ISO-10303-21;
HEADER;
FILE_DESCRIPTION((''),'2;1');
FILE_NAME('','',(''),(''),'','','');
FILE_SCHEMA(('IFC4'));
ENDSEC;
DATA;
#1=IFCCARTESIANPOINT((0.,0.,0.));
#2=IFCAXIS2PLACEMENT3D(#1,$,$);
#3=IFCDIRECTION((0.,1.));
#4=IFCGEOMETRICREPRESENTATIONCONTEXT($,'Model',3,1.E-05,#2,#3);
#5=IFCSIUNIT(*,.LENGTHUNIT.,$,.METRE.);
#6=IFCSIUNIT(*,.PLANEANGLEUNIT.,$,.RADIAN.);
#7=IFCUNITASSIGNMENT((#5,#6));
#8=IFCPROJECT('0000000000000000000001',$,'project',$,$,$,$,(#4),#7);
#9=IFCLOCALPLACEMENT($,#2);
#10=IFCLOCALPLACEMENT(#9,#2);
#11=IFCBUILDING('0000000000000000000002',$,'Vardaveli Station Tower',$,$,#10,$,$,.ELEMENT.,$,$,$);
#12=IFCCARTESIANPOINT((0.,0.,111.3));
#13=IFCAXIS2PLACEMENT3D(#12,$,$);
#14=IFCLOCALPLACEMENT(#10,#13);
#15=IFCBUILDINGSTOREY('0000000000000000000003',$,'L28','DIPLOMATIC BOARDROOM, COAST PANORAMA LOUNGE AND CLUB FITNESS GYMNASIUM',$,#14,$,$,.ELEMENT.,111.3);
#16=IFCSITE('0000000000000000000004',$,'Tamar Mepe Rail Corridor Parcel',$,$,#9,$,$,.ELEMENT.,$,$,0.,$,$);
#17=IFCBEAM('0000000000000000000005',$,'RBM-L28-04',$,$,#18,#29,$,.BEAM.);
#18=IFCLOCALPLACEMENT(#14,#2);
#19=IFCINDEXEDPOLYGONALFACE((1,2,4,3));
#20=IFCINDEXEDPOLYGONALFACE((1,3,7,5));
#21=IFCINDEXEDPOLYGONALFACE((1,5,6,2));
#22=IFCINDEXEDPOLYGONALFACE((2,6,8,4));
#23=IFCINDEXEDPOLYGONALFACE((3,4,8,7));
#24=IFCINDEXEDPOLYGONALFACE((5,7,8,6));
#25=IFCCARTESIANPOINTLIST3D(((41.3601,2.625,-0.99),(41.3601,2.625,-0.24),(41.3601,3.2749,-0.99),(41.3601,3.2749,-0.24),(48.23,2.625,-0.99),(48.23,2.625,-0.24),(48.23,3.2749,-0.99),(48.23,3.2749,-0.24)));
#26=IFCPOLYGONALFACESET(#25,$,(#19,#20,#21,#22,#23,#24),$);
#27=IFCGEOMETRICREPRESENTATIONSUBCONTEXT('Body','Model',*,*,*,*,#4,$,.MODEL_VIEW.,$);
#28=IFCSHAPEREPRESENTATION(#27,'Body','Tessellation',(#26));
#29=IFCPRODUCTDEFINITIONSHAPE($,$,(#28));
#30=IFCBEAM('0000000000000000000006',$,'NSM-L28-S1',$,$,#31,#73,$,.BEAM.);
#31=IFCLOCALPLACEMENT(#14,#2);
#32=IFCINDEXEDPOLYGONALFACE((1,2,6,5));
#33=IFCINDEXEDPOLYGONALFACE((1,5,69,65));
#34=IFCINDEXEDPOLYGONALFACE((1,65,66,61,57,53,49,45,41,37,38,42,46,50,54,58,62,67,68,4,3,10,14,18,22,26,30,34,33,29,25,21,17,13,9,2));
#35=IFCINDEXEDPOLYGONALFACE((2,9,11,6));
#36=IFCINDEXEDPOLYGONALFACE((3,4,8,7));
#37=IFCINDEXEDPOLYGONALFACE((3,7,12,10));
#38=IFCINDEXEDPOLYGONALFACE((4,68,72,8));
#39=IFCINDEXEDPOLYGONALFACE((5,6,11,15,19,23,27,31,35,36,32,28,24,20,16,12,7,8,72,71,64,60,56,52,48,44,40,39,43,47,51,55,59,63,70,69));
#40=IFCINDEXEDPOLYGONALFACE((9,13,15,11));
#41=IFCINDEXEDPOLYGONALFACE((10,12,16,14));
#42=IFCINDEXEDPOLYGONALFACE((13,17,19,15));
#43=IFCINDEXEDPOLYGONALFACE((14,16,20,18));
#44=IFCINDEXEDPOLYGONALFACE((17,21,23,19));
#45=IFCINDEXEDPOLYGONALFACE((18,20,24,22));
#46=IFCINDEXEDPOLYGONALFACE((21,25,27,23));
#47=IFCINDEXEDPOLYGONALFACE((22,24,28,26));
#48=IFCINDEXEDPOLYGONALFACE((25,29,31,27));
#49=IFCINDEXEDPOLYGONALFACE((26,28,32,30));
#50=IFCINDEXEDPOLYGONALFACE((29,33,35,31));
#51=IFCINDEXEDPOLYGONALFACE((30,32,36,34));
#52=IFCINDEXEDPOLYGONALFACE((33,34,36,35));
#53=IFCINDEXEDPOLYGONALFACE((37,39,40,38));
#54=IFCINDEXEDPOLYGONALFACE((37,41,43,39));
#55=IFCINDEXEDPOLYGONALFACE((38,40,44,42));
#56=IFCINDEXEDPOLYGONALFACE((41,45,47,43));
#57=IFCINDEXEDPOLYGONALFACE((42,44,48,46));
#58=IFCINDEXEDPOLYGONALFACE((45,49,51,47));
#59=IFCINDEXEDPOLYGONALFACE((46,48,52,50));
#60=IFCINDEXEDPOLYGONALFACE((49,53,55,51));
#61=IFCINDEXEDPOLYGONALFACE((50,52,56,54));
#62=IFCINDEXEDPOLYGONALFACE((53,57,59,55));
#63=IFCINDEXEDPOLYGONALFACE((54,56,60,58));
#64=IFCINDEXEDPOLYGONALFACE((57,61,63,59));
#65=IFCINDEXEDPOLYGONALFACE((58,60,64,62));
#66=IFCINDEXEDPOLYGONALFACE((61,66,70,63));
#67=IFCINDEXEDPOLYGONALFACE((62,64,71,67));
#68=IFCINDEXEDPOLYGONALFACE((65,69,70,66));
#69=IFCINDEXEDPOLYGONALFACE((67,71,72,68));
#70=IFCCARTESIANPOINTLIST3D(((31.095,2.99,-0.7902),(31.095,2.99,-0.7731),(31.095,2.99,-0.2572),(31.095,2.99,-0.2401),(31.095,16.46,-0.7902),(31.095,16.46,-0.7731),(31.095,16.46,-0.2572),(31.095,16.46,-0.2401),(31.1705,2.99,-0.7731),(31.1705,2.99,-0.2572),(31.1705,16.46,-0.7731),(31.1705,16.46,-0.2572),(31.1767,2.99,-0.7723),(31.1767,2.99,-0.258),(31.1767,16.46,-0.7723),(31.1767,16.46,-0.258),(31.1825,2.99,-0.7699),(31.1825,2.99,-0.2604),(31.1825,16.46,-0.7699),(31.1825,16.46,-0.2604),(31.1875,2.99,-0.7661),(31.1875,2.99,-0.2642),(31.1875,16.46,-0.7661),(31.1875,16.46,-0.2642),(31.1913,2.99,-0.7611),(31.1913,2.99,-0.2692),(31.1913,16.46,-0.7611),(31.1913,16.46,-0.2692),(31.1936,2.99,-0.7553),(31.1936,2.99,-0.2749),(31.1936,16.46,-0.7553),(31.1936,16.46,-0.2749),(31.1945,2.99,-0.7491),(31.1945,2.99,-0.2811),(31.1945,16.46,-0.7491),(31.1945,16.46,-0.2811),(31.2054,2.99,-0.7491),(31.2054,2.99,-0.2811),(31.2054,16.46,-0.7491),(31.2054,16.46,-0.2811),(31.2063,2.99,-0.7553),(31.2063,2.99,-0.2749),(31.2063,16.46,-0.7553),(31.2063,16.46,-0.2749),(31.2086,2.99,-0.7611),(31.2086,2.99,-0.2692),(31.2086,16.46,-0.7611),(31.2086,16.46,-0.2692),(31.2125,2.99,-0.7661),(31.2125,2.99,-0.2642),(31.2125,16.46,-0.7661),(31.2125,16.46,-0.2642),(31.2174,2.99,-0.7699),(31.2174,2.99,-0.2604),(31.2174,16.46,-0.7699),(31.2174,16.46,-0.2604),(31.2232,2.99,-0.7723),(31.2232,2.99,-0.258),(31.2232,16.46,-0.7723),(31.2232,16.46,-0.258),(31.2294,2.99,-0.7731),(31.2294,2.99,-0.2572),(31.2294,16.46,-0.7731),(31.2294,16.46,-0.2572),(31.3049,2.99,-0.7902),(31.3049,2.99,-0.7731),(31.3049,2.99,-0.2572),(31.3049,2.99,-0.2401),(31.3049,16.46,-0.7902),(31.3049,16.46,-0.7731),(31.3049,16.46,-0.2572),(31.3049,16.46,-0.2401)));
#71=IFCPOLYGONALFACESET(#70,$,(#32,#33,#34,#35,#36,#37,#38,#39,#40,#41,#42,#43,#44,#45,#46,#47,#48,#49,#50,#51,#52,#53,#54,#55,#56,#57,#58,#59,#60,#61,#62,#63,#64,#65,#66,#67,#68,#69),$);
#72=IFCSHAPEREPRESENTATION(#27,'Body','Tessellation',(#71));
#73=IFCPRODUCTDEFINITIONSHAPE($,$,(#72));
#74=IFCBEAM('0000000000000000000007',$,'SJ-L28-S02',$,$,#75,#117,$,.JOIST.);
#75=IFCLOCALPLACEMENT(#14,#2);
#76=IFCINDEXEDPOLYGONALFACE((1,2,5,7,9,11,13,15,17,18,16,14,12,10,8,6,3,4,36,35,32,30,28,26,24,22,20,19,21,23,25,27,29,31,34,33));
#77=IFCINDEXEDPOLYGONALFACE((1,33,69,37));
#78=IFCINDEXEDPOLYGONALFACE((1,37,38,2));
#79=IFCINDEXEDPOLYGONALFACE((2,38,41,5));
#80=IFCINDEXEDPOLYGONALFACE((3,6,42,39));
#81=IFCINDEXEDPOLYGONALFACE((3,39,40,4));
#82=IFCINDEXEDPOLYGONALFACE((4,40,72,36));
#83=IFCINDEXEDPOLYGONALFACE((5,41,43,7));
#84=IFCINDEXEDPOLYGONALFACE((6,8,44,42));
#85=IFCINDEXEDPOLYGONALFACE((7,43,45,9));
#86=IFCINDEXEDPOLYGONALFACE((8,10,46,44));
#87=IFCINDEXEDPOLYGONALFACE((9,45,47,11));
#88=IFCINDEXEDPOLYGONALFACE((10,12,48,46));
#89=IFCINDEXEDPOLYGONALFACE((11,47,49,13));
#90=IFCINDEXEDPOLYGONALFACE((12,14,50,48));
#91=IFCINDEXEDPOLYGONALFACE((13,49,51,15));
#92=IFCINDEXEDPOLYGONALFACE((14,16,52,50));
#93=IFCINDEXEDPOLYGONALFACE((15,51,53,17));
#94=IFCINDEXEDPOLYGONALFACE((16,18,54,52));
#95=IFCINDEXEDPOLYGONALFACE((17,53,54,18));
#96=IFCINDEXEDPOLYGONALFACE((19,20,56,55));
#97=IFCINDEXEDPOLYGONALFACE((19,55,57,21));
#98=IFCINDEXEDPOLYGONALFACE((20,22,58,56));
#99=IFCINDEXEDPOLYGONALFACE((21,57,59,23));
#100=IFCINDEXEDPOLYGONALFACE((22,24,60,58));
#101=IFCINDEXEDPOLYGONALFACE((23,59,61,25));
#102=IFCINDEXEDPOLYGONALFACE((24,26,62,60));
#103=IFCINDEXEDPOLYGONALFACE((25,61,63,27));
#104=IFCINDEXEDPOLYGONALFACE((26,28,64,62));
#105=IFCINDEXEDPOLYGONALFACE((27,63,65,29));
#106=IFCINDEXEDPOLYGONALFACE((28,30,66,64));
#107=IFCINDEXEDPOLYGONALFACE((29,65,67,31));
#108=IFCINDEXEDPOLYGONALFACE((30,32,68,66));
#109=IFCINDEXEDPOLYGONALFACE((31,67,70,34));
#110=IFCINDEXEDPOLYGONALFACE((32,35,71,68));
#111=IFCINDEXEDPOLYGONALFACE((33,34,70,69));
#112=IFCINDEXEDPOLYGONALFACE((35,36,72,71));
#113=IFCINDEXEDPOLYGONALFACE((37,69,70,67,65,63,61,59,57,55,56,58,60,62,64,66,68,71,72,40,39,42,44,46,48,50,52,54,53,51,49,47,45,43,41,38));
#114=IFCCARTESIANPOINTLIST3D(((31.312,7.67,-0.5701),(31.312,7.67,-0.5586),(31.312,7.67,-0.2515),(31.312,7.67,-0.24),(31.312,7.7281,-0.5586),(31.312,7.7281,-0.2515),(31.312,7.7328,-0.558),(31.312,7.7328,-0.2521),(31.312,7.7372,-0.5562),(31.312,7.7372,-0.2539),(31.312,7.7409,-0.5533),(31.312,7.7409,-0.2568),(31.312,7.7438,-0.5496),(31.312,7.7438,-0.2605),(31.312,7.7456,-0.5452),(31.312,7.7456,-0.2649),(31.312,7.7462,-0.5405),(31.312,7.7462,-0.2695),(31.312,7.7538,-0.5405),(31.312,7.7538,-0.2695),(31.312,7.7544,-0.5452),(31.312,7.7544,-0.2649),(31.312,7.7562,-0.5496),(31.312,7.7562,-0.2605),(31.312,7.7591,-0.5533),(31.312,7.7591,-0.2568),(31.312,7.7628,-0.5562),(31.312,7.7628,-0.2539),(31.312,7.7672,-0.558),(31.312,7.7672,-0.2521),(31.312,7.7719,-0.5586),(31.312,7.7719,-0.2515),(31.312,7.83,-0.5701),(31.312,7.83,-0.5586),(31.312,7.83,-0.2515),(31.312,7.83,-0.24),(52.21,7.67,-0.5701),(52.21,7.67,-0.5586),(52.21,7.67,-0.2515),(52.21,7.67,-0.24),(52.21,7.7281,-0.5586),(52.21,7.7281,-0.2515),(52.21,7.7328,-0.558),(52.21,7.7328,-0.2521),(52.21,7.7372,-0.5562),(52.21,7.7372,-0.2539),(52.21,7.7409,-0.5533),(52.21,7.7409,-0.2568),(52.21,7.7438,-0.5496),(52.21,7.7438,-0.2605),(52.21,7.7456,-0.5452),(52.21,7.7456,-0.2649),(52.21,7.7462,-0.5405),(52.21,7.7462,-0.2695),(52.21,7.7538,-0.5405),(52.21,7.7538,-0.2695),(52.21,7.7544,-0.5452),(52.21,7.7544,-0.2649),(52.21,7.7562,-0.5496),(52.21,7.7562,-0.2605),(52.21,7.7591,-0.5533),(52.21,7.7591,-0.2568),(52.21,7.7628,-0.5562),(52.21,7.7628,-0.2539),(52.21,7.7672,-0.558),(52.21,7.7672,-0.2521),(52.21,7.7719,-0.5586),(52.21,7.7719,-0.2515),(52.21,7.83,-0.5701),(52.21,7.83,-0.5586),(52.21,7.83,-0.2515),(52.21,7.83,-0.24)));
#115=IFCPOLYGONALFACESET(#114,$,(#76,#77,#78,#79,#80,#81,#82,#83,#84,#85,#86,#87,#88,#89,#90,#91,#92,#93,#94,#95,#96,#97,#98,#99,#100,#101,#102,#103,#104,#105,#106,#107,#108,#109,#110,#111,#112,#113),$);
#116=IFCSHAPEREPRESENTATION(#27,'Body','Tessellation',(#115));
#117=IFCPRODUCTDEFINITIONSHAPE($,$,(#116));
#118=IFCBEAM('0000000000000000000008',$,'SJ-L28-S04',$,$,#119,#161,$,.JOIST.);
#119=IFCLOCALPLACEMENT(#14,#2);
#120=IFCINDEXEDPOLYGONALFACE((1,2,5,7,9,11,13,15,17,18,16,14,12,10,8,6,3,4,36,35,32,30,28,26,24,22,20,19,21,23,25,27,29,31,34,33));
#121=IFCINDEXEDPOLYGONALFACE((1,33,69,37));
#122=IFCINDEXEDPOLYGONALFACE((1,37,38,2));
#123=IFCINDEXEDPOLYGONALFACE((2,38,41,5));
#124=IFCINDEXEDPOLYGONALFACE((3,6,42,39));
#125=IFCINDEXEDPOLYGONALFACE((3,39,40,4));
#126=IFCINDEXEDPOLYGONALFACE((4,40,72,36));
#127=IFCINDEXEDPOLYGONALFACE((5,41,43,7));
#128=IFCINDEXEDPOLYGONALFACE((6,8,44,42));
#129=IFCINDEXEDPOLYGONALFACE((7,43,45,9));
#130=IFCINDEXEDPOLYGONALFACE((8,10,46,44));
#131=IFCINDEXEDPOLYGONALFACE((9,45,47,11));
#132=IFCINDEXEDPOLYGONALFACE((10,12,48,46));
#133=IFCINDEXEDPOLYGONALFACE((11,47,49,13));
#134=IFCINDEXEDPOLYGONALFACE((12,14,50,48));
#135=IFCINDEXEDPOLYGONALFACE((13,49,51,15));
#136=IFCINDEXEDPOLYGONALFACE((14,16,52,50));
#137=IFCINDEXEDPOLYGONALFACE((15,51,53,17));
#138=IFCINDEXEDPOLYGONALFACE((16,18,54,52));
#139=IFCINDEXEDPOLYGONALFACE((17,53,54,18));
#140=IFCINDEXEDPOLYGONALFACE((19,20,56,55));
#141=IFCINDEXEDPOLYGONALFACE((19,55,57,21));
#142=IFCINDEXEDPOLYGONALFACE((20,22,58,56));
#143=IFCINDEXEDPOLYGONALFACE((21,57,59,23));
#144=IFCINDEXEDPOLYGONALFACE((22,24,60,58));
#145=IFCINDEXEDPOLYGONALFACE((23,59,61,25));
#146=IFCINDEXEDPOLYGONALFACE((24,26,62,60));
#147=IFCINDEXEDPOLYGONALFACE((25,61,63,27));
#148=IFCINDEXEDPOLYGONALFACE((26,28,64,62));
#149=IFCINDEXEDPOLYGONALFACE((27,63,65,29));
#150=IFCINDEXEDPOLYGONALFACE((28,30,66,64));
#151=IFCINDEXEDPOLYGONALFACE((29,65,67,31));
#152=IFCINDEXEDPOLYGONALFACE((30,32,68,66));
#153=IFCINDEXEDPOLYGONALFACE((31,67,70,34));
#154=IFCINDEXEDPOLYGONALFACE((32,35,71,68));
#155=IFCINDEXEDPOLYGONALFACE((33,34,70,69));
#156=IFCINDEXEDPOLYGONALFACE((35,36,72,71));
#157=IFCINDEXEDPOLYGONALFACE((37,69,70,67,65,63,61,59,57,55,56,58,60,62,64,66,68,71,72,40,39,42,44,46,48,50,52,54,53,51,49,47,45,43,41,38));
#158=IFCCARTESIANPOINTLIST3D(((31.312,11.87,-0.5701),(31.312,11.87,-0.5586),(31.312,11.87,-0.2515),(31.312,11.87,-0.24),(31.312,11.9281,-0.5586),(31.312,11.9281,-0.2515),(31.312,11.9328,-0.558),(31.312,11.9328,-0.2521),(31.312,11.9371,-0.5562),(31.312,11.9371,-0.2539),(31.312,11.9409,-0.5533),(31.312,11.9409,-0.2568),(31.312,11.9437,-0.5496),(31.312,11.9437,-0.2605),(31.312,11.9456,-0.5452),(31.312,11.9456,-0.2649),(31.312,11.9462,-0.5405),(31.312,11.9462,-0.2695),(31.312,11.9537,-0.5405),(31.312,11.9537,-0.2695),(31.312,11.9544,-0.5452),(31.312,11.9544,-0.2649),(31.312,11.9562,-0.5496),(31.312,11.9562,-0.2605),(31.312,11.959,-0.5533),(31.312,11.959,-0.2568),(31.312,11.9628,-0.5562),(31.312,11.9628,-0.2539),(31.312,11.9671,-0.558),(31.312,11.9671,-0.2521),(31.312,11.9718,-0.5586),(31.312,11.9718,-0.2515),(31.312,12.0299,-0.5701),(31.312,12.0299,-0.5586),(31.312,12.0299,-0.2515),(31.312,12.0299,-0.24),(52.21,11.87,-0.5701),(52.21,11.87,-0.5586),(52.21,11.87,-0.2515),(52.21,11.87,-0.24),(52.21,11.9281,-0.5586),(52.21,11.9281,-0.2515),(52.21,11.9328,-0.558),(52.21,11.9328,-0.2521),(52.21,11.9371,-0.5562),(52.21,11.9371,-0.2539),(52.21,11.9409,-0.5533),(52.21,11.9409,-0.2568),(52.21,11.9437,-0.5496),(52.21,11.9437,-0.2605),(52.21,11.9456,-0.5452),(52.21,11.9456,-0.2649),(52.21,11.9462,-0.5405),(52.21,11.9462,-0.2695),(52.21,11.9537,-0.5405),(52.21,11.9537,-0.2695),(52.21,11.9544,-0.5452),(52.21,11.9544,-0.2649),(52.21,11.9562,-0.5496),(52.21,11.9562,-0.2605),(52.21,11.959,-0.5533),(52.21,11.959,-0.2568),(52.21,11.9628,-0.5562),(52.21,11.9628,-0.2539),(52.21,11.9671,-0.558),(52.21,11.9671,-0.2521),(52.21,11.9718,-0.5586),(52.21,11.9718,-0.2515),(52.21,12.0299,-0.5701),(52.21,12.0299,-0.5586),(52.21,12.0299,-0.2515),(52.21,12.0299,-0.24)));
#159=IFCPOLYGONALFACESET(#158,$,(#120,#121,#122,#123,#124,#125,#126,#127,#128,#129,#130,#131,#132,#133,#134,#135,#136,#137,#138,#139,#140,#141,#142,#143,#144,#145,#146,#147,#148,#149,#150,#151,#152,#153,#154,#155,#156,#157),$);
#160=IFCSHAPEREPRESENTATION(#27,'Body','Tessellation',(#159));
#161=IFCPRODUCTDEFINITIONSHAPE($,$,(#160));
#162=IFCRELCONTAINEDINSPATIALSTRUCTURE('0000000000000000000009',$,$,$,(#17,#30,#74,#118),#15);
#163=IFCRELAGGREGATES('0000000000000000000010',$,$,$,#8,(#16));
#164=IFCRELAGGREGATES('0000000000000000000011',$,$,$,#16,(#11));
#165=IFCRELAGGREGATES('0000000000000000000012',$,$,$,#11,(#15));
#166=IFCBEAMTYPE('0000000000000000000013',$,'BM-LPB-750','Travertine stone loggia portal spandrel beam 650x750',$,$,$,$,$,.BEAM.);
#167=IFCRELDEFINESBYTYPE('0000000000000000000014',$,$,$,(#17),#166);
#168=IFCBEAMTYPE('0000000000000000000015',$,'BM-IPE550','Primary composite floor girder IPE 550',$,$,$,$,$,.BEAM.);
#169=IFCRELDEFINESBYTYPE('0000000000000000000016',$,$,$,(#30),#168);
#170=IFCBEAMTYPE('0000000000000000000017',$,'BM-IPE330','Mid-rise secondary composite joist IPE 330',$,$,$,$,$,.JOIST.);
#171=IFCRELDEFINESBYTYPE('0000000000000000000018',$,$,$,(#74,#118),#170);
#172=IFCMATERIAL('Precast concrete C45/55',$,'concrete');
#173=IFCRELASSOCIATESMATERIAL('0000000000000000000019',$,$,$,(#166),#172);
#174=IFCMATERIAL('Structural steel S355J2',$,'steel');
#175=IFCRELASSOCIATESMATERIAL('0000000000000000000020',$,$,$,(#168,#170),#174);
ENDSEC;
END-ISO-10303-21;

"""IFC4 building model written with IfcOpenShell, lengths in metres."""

from ifc_helpers import new_model, si_unit, direction, frame, origin, origin_2d, place, context, subcontext, project, spatial, rectangle, i_section, extrude, source, transform, mapped, material, material_profile, profile_set, type_object, element, save


model = new_model("IFC4")

# Units and contexts
model_context = context("Model", 3, precision=1e-05, world=origin(), true_north=direction((0.0, 1.0)))
body_context = subcontext(model_context, "Body", "Model", "MODEL_VIEW")
ifc_project = project(units=[si_unit("LENGTHUNIT", "METRE"), si_unit("PLANEANGLEUNIT", "RADIAN")], contexts=[model_context])

# Site, building, storey
site_placement = place(None, origin())
site = spatial("IfcSite", under=ifc_project, at=site_placement, Name="Tamar Mepe Rail Corridor Parcel", CompositionType="ELEMENT", RefElevation=0.0)
building_placement = place(site_placement, origin())
building = spatial("IfcBuilding", under=site, at=building_placement, Name="Vardaveli Station Tower", CompositionType="ELEMENT")
storey_placement = place(building_placement, frame((0.0, 0.0, 111.3)))
storey = spatial("IfcBuildingStorey", under=building, at=storey_placement, Name="L28", Description="DIPLOMATIC BOARDROOM, COAST PANORAMA LOUNGE AND CLUB FITNESS GYMNASIUM", CompositionType="ELEMENT", Elevation=111.3)

# Beams
ifc_material_1 = material(Name="Structural steel S355J2", Category="steel")
ifc_material_2 = material(Name="Precast concrete C45/55", Category="concrete")
ifc_material_profile_1 = material_profile(ifc_material_2, rectangle(XDim=0.6499, YDim=0.75, at=origin_2d()), Name="LPB 650x750")
ifc_profile_set_1 = profile_set([ifc_material_profile_1], Name="Precast concrete C45/55")
beam_type_1 = type_object("IfcBeamType", Name="BM-LPB-750", Description="Travertine stone loggia portal spandrel beam 650x750", PredefinedType="BEAM", material=ifc_profile_set_1)
shared_shape_1 = source(origin(), body_context, "Body", "SweptSolid", [
    extrude(rectangle(XDim=0.6499, YDim=0.75, at=origin_2d()), origin(), (0.0, 0.0, 1.0), 6.8699),
])
beam_1_placement = place(storey_placement, frame((41.3601, 2.95, -0.615), z_axis=(1.0, 0.0, 0.0), x_axis=(0.0, 1.0, 0.0)))
element("IfcBeam", 1, at=beam_1_placement, inside=storey, type_object=beam_type_1, Name="RBM-L28-04", PredefinedType="BEAM", context=body_context, shape_type="MappedRepresentation", body=[
    mapped(shared_shape_1, transform((0.0, 0.0, 0.0), scale=1.0)),
])
ifc_material_profile_2 = material_profile(ifc_material_1, i_section(OverallWidth=0.21, OverallDepth=0.55, WebThickness=0.011, FlangeThickness=0.0171, FilletRadius=0.0239, at=origin_2d()), Name="IPE 550")
ifc_profile_set_2 = profile_set([ifc_material_profile_2], Name="Structural steel S355J2")
beam_type_2 = type_object("IfcBeamType", Name="BM-IPE550", Description="Primary composite floor girder IPE 550", PredefinedType="BEAM", material=ifc_profile_set_2)
shared_shape_2 = source(origin(), body_context, "Body", "SweptSolid", [
    extrude(i_section(OverallWidth=0.21, OverallDepth=0.55, WebThickness=0.011, FlangeThickness=0.0171, FilletRadius=0.0239, at=origin_2d()), origin(), (0.0, 0.0, 1.0), 13.47),
])
beam_2_placement = place(storey_placement, frame((31.2, 2.99, -0.5151), z_axis=(0.0, 1.0, 0.0), x_axis=(-1.0, 0.0, 0.0)))
element("IfcBeam", 2, at=beam_2_placement, inside=storey, type_object=beam_type_2, Name="NSM-L28-S1", PredefinedType="BEAM", context=body_context, shape_type="MappedRepresentation", body=[
    mapped(shared_shape_2, transform((0.0, 0.0, 0.0), scale=1.0)),
])
ifc_material_profile_3 = material_profile(ifc_material_1, i_section(OverallWidth=0.1599, OverallDepth=0.3301, WebThickness=0.0076, FlangeThickness=0.0115, FilletRadius=0.0181, at=origin_2d()), Name="IPE 330")
ifc_profile_set_3 = profile_set([ifc_material_profile_3], Name="Structural steel S355J2")
beam_type_3 = type_object("IfcBeamType", Name="BM-IPE330", Description="Mid-rise secondary composite joist IPE 330", PredefinedType="JOIST", material=ifc_profile_set_3)
shared_shape_3 = source(origin(), body_context, "Body", "SweptSolid", [
    extrude(i_section(OverallWidth=0.1599, OverallDepth=0.3301, WebThickness=0.0076, FlangeThickness=0.0115, FilletRadius=0.0181, at=origin_2d()), origin(), (0.0, 0.0, 1.0), 20.8979),
])
for number, where, z_axis, x_axis, name in (
    (3, (31.312, 7.75, -0.405), (1.0, 0.0, 0.0), (0.0, 1.0, 0.0), "SJ-L28-S02"),
    (4, (31.312, 11.95, -0.405), (1.0, 0.0, 0.0), (0.0, 1.0, 0.0), "SJ-L28-S04"),
):
    element("IfcBeam", number, at=place(storey_placement, frame(where, z_axis=z_axis, x_axis=x_axis)), inside=storey, type_object=beam_type_3, Name=name, PredefinedType="JOIST", context=body_context, shape_type="MappedRepresentation", body=[
        mapped(shared_shape_3, transform((0.0, 0.0, 0.0), scale=1.0)),
    ])

save(model, "model.ifc")
